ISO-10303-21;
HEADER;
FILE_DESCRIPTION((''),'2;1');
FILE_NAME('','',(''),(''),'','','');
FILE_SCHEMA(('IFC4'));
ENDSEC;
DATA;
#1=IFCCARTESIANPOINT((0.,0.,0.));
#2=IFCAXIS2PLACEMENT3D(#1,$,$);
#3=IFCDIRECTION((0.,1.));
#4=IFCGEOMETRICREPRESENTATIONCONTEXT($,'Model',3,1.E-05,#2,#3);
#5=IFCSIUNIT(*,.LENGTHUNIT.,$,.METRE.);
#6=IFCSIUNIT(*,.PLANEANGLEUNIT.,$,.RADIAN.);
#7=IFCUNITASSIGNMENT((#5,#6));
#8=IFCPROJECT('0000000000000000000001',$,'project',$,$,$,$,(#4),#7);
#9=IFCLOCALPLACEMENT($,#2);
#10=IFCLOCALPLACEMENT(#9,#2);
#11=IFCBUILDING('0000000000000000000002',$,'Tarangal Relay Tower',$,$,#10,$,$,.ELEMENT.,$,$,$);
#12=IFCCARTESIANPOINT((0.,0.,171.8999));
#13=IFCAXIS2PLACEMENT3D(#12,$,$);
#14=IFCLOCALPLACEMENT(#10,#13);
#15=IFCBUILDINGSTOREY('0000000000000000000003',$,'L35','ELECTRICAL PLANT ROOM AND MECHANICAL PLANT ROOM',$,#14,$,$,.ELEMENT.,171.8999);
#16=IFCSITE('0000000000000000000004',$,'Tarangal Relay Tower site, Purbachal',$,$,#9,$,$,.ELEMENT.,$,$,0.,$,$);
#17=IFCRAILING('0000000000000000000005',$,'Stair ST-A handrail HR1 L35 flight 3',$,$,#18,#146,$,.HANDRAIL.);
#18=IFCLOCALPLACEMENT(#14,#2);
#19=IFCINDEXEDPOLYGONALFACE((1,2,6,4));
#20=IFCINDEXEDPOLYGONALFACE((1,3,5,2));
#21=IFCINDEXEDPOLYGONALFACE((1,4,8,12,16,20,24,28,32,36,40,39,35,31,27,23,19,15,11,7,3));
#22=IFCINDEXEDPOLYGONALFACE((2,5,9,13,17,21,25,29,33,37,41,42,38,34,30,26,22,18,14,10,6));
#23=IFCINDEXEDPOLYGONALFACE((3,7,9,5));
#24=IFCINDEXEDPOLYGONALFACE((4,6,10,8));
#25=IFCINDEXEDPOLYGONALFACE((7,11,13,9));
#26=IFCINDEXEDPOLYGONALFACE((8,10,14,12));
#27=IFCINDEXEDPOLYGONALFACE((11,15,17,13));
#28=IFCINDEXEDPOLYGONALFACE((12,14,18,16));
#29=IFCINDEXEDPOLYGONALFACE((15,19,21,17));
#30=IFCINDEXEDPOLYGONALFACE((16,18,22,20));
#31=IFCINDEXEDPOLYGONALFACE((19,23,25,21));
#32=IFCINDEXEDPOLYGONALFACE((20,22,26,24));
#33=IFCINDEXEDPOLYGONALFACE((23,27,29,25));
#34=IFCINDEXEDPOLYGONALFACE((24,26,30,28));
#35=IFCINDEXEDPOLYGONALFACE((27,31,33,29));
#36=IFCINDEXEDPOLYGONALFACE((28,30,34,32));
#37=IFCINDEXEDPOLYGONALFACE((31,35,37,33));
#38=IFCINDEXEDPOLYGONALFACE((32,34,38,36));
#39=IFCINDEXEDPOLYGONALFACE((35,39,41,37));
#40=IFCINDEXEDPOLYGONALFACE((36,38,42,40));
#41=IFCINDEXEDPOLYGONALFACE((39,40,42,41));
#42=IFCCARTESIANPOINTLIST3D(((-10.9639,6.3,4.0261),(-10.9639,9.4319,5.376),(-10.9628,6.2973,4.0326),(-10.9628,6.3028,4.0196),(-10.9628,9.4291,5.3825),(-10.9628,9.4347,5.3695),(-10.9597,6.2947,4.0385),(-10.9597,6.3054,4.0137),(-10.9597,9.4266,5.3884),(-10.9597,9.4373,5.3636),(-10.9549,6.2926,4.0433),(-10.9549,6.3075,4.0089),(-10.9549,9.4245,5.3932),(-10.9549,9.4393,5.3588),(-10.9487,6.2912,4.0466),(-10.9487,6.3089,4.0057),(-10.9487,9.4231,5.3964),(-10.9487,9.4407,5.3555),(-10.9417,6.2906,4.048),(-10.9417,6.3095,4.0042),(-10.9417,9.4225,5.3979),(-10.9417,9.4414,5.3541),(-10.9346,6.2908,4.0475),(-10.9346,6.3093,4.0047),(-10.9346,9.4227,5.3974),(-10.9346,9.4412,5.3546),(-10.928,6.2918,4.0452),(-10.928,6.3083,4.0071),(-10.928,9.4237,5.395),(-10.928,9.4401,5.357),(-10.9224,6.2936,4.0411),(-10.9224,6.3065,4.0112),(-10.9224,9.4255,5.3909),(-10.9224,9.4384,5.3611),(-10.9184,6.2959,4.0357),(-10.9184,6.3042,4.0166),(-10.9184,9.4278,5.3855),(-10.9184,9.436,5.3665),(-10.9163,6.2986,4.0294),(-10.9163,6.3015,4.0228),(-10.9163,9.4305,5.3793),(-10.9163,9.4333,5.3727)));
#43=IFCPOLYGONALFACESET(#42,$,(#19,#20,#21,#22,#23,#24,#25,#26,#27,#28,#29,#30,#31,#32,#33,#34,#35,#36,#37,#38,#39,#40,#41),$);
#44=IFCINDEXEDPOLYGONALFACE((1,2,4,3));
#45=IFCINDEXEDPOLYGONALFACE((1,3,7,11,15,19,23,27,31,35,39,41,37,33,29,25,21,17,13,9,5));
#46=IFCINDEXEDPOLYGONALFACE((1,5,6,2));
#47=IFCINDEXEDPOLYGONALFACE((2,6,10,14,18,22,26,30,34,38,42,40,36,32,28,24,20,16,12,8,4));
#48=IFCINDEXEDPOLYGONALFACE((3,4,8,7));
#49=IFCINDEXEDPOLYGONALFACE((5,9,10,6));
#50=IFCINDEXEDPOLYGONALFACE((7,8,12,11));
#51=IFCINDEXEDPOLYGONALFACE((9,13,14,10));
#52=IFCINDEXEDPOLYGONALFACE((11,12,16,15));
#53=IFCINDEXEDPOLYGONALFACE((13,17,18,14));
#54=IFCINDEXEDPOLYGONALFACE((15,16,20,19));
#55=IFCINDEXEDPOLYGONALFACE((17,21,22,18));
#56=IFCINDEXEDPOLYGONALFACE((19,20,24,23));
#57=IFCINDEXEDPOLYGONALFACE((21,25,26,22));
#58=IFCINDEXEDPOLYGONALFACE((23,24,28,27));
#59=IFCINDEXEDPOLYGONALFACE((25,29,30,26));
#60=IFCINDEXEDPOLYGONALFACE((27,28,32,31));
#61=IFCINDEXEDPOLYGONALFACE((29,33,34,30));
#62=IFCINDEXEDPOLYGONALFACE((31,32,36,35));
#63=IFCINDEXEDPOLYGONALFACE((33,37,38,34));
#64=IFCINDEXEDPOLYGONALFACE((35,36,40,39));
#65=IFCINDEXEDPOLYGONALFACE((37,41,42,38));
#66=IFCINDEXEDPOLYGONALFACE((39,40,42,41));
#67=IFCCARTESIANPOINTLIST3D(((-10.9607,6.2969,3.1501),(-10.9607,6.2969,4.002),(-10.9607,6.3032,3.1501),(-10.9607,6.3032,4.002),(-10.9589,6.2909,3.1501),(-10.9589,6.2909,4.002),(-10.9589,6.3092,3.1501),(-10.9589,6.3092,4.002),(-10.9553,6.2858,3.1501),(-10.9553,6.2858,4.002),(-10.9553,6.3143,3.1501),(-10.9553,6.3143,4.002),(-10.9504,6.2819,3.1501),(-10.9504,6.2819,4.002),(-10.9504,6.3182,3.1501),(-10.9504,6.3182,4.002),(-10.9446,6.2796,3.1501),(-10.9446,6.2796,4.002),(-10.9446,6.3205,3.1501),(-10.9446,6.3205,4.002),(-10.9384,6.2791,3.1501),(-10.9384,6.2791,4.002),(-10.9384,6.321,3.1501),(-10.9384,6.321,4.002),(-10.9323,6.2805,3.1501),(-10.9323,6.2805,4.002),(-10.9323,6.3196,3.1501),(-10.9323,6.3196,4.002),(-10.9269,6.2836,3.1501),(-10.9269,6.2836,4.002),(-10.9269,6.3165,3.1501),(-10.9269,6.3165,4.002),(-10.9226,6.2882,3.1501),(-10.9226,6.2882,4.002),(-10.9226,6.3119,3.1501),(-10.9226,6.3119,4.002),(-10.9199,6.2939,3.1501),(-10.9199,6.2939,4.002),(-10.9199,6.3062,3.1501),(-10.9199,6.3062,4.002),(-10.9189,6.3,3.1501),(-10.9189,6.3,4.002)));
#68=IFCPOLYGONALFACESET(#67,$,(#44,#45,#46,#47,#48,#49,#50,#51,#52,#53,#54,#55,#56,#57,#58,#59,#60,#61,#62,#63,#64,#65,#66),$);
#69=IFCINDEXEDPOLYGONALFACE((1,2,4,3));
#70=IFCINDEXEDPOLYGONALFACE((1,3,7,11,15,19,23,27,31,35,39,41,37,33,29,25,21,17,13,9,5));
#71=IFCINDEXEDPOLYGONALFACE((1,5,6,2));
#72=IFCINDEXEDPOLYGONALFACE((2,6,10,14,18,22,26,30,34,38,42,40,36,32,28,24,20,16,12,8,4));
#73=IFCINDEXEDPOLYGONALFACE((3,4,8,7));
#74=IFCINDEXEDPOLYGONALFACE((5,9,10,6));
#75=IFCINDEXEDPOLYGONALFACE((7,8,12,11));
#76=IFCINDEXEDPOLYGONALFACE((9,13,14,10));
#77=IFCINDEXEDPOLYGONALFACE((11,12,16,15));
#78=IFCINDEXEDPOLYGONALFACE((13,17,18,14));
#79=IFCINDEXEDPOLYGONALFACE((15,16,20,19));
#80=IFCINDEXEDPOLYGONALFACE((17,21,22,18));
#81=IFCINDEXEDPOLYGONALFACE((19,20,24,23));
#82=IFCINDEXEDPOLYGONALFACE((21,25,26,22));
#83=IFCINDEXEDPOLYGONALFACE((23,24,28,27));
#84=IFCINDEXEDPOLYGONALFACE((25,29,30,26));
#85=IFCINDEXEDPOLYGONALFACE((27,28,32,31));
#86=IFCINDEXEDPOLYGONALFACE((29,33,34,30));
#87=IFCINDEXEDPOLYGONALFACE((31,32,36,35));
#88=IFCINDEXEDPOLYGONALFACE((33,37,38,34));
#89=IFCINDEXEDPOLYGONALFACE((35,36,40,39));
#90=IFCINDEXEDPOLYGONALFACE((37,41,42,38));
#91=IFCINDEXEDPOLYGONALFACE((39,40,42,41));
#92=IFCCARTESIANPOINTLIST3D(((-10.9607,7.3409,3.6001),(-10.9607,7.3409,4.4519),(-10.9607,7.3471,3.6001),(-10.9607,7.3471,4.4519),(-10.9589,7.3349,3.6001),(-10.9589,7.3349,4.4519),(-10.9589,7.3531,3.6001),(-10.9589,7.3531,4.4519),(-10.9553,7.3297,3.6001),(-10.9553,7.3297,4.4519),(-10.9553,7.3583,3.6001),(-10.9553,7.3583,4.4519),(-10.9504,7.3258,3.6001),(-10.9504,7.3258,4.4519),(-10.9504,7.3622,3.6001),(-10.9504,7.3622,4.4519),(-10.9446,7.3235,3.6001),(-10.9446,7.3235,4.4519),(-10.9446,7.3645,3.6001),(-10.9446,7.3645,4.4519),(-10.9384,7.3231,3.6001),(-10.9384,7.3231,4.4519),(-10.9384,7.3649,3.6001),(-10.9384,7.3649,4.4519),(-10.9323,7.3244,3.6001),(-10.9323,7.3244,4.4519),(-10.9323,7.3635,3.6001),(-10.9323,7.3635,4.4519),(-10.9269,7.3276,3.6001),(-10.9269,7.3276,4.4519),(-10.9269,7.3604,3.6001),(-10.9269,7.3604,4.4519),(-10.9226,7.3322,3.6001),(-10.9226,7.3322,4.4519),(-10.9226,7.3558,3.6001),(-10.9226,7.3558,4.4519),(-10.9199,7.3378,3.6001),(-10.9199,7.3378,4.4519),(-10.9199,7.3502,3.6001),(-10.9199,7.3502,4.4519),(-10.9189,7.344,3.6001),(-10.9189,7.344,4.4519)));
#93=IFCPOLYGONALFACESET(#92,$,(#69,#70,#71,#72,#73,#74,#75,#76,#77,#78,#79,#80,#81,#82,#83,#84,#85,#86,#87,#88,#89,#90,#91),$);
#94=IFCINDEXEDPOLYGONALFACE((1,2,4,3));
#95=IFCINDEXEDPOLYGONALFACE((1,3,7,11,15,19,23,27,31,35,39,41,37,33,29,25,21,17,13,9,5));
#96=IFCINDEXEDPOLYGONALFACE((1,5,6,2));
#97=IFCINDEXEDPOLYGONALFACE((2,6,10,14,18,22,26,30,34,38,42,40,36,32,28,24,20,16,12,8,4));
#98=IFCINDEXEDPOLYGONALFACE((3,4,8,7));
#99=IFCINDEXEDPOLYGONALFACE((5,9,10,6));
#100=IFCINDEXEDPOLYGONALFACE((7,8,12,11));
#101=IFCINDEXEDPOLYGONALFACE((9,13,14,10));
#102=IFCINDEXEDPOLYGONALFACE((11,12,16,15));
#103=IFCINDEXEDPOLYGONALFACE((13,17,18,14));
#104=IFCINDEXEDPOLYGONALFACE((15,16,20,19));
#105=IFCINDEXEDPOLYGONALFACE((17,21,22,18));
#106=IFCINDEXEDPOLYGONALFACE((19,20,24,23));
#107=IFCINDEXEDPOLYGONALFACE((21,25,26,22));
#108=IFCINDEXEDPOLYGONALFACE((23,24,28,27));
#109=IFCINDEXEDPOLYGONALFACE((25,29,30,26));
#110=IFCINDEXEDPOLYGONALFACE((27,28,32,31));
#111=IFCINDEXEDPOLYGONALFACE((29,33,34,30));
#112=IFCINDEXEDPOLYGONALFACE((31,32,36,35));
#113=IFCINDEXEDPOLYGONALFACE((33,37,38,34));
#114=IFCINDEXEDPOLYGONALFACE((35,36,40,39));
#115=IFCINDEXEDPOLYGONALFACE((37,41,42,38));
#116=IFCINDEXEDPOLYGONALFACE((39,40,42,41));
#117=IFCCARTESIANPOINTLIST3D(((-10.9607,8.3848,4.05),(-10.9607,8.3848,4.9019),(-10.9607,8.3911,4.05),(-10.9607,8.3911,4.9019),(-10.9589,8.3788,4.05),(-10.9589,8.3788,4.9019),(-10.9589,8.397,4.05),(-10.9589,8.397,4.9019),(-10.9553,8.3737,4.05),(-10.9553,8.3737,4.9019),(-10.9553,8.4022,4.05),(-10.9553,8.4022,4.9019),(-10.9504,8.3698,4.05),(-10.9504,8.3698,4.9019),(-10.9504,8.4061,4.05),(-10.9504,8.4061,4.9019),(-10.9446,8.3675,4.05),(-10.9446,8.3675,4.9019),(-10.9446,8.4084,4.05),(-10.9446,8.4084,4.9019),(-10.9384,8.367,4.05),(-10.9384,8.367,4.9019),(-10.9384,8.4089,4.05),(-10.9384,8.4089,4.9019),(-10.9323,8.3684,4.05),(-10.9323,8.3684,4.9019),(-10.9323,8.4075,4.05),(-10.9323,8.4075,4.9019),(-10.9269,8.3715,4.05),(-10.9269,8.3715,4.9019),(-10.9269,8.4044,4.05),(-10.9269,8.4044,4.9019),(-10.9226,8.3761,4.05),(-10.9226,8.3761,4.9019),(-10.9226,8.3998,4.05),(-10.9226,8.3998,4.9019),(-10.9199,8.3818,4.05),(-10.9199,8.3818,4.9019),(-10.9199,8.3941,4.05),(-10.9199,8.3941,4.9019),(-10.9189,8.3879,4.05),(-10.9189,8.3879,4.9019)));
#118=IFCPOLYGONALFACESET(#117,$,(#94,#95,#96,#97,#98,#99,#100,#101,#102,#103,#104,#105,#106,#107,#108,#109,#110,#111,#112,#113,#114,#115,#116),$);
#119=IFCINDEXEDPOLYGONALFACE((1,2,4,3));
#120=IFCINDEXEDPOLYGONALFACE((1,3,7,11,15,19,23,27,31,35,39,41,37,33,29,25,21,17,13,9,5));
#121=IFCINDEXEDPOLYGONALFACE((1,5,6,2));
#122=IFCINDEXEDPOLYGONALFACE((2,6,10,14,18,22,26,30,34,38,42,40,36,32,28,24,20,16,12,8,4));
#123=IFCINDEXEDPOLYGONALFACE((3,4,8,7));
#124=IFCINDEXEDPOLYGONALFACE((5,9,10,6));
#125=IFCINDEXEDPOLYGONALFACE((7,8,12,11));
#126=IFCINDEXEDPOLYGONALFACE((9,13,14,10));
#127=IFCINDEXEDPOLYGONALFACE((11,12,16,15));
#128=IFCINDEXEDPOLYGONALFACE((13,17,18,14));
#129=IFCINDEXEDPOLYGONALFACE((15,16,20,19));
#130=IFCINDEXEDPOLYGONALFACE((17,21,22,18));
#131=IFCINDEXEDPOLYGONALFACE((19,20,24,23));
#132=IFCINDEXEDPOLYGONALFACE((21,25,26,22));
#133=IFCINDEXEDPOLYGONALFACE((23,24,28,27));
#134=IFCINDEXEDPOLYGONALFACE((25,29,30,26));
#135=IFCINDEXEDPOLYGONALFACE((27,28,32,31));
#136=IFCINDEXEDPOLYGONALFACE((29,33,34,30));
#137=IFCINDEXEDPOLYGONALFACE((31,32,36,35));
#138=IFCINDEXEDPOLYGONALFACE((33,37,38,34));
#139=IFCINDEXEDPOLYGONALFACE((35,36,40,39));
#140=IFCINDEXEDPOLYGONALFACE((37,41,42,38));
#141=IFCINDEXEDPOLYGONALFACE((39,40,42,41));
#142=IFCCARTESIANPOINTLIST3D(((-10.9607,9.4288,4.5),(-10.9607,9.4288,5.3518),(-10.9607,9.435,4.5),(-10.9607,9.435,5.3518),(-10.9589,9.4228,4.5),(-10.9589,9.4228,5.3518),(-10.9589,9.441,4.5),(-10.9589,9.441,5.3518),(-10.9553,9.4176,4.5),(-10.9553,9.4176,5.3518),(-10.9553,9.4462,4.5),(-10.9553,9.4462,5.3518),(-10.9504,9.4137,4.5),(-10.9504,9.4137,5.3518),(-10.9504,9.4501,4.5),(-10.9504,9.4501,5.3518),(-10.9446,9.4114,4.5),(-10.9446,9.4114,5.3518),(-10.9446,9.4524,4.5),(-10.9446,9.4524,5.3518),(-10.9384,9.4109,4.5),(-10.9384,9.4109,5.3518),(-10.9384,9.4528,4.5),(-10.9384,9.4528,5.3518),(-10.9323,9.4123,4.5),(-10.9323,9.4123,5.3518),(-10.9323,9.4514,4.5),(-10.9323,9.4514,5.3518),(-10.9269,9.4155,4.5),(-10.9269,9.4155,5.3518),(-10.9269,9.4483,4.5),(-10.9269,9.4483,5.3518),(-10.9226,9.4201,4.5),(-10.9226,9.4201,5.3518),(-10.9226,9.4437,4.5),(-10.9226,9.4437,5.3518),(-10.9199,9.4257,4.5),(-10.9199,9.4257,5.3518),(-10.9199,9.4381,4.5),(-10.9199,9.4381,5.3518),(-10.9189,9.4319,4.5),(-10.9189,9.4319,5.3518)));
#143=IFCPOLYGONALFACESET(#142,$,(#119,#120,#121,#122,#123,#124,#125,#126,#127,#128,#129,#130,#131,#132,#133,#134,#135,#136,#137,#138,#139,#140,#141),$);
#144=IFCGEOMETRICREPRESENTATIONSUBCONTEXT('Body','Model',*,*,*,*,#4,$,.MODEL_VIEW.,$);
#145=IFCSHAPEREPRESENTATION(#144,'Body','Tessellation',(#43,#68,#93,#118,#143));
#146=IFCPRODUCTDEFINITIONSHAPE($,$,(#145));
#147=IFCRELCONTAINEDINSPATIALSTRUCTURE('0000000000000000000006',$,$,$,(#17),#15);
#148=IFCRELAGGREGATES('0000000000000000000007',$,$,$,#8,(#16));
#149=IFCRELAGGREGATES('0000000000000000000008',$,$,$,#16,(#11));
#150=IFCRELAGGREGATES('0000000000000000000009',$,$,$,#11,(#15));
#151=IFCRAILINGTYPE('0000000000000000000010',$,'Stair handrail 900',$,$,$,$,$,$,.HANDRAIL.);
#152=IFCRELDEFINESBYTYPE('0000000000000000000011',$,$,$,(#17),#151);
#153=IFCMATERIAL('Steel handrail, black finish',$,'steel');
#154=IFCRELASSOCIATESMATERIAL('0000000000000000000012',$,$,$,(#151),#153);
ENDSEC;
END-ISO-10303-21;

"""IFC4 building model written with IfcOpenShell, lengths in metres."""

from ifc_helpers import new_model, si_unit, direction, frame, origin, origin_2d, place, context, subcontext, project, spatial, circle, extrude, material, type_object, element, save


model = new_model("IFC4")

# Units and contexts
model_context = context("Model", 3, precision=1e-05, world=origin(), true_north=direction((0.0, 1.0)))
body_context = subcontext(model_context, "Body", "Model", "MODEL_VIEW")
ifc_project = project(units=[si_unit("LENGTHUNIT", "METRE"), si_unit("PLANEANGLEUNIT", "RADIAN")], contexts=[model_context])

# Site, building, storey
site_placement = place(None, origin())
site = spatial("IfcSite", under=ifc_project, at=site_placement, Name="Tarangal Relay Tower site, Purbachal", CompositionType="ELEMENT", RefElevation=0.0)
building_placement = place(site_placement, origin())
building = spatial("IfcBuilding", under=site, at=building_placement, Name="Tarangal Relay Tower", CompositionType="ELEMENT")
storey_placement = place(building_placement, frame((0.0, 0.0, 171.8999)))
storey = spatial("IfcBuildingStorey", under=building, at=storey_placement, Name="L35", Description="ELECTRICAL PLANT ROOM AND MECHANICAL PLANT ROOM", CompositionType="ELEMENT", Elevation=171.8999)

# Railing
ifc_material_1 = material(Name="Steel handrail, black finish", Category="steel")
railing_type_1 = type_object("IfcRailingType", Name="Stair handrail 900", PredefinedType="HANDRAIL", material=ifc_material_1)
for number, where, name in (
    (1, (-10.9399, 6.3, 3.1501), "Stair ST-A handrail HR1 L35 flight 3"),
):
    element("IfcRailing", number, at=place(storey_placement, frame(where)), inside=storey, type_object=railing_type_1, Name=name, PredefinedType="HANDRAIL", context=body_context, shape_type="SweptSolid", body=[
        extrude(circle(Radius=0.0239, at=origin_2d()), frame((0.0, 0.0, 0.876), z_axis=(0.0, 0.918332, 0.395811), x_axis=(-1.0, 0.0, 0.0)), (0.0, 0.0, 1.0), 3.4104),
        extrude(circle(Radius=0.021, at=origin_2d()), origin(), (0.0, 0.0, 1.0), 0.8518),
        extrude(circle(Radius=0.021, at=origin_2d()), frame((0.0, 1.0439, 0.45)), (0.0, 0.0, 1.0), 0.8518),
        extrude(circle(Radius=0.021, at=origin_2d()), frame((0.0, 2.0879, 0.8999)), (0.0, 0.0, 1.0), 0.8518),
        extrude(circle(Radius=0.021, at=origin_2d()), frame((0.0, 3.1318, 1.3499)), (0.0, 0.0, 1.0), 0.8518),
    ])

save(model, "model.ifc")
